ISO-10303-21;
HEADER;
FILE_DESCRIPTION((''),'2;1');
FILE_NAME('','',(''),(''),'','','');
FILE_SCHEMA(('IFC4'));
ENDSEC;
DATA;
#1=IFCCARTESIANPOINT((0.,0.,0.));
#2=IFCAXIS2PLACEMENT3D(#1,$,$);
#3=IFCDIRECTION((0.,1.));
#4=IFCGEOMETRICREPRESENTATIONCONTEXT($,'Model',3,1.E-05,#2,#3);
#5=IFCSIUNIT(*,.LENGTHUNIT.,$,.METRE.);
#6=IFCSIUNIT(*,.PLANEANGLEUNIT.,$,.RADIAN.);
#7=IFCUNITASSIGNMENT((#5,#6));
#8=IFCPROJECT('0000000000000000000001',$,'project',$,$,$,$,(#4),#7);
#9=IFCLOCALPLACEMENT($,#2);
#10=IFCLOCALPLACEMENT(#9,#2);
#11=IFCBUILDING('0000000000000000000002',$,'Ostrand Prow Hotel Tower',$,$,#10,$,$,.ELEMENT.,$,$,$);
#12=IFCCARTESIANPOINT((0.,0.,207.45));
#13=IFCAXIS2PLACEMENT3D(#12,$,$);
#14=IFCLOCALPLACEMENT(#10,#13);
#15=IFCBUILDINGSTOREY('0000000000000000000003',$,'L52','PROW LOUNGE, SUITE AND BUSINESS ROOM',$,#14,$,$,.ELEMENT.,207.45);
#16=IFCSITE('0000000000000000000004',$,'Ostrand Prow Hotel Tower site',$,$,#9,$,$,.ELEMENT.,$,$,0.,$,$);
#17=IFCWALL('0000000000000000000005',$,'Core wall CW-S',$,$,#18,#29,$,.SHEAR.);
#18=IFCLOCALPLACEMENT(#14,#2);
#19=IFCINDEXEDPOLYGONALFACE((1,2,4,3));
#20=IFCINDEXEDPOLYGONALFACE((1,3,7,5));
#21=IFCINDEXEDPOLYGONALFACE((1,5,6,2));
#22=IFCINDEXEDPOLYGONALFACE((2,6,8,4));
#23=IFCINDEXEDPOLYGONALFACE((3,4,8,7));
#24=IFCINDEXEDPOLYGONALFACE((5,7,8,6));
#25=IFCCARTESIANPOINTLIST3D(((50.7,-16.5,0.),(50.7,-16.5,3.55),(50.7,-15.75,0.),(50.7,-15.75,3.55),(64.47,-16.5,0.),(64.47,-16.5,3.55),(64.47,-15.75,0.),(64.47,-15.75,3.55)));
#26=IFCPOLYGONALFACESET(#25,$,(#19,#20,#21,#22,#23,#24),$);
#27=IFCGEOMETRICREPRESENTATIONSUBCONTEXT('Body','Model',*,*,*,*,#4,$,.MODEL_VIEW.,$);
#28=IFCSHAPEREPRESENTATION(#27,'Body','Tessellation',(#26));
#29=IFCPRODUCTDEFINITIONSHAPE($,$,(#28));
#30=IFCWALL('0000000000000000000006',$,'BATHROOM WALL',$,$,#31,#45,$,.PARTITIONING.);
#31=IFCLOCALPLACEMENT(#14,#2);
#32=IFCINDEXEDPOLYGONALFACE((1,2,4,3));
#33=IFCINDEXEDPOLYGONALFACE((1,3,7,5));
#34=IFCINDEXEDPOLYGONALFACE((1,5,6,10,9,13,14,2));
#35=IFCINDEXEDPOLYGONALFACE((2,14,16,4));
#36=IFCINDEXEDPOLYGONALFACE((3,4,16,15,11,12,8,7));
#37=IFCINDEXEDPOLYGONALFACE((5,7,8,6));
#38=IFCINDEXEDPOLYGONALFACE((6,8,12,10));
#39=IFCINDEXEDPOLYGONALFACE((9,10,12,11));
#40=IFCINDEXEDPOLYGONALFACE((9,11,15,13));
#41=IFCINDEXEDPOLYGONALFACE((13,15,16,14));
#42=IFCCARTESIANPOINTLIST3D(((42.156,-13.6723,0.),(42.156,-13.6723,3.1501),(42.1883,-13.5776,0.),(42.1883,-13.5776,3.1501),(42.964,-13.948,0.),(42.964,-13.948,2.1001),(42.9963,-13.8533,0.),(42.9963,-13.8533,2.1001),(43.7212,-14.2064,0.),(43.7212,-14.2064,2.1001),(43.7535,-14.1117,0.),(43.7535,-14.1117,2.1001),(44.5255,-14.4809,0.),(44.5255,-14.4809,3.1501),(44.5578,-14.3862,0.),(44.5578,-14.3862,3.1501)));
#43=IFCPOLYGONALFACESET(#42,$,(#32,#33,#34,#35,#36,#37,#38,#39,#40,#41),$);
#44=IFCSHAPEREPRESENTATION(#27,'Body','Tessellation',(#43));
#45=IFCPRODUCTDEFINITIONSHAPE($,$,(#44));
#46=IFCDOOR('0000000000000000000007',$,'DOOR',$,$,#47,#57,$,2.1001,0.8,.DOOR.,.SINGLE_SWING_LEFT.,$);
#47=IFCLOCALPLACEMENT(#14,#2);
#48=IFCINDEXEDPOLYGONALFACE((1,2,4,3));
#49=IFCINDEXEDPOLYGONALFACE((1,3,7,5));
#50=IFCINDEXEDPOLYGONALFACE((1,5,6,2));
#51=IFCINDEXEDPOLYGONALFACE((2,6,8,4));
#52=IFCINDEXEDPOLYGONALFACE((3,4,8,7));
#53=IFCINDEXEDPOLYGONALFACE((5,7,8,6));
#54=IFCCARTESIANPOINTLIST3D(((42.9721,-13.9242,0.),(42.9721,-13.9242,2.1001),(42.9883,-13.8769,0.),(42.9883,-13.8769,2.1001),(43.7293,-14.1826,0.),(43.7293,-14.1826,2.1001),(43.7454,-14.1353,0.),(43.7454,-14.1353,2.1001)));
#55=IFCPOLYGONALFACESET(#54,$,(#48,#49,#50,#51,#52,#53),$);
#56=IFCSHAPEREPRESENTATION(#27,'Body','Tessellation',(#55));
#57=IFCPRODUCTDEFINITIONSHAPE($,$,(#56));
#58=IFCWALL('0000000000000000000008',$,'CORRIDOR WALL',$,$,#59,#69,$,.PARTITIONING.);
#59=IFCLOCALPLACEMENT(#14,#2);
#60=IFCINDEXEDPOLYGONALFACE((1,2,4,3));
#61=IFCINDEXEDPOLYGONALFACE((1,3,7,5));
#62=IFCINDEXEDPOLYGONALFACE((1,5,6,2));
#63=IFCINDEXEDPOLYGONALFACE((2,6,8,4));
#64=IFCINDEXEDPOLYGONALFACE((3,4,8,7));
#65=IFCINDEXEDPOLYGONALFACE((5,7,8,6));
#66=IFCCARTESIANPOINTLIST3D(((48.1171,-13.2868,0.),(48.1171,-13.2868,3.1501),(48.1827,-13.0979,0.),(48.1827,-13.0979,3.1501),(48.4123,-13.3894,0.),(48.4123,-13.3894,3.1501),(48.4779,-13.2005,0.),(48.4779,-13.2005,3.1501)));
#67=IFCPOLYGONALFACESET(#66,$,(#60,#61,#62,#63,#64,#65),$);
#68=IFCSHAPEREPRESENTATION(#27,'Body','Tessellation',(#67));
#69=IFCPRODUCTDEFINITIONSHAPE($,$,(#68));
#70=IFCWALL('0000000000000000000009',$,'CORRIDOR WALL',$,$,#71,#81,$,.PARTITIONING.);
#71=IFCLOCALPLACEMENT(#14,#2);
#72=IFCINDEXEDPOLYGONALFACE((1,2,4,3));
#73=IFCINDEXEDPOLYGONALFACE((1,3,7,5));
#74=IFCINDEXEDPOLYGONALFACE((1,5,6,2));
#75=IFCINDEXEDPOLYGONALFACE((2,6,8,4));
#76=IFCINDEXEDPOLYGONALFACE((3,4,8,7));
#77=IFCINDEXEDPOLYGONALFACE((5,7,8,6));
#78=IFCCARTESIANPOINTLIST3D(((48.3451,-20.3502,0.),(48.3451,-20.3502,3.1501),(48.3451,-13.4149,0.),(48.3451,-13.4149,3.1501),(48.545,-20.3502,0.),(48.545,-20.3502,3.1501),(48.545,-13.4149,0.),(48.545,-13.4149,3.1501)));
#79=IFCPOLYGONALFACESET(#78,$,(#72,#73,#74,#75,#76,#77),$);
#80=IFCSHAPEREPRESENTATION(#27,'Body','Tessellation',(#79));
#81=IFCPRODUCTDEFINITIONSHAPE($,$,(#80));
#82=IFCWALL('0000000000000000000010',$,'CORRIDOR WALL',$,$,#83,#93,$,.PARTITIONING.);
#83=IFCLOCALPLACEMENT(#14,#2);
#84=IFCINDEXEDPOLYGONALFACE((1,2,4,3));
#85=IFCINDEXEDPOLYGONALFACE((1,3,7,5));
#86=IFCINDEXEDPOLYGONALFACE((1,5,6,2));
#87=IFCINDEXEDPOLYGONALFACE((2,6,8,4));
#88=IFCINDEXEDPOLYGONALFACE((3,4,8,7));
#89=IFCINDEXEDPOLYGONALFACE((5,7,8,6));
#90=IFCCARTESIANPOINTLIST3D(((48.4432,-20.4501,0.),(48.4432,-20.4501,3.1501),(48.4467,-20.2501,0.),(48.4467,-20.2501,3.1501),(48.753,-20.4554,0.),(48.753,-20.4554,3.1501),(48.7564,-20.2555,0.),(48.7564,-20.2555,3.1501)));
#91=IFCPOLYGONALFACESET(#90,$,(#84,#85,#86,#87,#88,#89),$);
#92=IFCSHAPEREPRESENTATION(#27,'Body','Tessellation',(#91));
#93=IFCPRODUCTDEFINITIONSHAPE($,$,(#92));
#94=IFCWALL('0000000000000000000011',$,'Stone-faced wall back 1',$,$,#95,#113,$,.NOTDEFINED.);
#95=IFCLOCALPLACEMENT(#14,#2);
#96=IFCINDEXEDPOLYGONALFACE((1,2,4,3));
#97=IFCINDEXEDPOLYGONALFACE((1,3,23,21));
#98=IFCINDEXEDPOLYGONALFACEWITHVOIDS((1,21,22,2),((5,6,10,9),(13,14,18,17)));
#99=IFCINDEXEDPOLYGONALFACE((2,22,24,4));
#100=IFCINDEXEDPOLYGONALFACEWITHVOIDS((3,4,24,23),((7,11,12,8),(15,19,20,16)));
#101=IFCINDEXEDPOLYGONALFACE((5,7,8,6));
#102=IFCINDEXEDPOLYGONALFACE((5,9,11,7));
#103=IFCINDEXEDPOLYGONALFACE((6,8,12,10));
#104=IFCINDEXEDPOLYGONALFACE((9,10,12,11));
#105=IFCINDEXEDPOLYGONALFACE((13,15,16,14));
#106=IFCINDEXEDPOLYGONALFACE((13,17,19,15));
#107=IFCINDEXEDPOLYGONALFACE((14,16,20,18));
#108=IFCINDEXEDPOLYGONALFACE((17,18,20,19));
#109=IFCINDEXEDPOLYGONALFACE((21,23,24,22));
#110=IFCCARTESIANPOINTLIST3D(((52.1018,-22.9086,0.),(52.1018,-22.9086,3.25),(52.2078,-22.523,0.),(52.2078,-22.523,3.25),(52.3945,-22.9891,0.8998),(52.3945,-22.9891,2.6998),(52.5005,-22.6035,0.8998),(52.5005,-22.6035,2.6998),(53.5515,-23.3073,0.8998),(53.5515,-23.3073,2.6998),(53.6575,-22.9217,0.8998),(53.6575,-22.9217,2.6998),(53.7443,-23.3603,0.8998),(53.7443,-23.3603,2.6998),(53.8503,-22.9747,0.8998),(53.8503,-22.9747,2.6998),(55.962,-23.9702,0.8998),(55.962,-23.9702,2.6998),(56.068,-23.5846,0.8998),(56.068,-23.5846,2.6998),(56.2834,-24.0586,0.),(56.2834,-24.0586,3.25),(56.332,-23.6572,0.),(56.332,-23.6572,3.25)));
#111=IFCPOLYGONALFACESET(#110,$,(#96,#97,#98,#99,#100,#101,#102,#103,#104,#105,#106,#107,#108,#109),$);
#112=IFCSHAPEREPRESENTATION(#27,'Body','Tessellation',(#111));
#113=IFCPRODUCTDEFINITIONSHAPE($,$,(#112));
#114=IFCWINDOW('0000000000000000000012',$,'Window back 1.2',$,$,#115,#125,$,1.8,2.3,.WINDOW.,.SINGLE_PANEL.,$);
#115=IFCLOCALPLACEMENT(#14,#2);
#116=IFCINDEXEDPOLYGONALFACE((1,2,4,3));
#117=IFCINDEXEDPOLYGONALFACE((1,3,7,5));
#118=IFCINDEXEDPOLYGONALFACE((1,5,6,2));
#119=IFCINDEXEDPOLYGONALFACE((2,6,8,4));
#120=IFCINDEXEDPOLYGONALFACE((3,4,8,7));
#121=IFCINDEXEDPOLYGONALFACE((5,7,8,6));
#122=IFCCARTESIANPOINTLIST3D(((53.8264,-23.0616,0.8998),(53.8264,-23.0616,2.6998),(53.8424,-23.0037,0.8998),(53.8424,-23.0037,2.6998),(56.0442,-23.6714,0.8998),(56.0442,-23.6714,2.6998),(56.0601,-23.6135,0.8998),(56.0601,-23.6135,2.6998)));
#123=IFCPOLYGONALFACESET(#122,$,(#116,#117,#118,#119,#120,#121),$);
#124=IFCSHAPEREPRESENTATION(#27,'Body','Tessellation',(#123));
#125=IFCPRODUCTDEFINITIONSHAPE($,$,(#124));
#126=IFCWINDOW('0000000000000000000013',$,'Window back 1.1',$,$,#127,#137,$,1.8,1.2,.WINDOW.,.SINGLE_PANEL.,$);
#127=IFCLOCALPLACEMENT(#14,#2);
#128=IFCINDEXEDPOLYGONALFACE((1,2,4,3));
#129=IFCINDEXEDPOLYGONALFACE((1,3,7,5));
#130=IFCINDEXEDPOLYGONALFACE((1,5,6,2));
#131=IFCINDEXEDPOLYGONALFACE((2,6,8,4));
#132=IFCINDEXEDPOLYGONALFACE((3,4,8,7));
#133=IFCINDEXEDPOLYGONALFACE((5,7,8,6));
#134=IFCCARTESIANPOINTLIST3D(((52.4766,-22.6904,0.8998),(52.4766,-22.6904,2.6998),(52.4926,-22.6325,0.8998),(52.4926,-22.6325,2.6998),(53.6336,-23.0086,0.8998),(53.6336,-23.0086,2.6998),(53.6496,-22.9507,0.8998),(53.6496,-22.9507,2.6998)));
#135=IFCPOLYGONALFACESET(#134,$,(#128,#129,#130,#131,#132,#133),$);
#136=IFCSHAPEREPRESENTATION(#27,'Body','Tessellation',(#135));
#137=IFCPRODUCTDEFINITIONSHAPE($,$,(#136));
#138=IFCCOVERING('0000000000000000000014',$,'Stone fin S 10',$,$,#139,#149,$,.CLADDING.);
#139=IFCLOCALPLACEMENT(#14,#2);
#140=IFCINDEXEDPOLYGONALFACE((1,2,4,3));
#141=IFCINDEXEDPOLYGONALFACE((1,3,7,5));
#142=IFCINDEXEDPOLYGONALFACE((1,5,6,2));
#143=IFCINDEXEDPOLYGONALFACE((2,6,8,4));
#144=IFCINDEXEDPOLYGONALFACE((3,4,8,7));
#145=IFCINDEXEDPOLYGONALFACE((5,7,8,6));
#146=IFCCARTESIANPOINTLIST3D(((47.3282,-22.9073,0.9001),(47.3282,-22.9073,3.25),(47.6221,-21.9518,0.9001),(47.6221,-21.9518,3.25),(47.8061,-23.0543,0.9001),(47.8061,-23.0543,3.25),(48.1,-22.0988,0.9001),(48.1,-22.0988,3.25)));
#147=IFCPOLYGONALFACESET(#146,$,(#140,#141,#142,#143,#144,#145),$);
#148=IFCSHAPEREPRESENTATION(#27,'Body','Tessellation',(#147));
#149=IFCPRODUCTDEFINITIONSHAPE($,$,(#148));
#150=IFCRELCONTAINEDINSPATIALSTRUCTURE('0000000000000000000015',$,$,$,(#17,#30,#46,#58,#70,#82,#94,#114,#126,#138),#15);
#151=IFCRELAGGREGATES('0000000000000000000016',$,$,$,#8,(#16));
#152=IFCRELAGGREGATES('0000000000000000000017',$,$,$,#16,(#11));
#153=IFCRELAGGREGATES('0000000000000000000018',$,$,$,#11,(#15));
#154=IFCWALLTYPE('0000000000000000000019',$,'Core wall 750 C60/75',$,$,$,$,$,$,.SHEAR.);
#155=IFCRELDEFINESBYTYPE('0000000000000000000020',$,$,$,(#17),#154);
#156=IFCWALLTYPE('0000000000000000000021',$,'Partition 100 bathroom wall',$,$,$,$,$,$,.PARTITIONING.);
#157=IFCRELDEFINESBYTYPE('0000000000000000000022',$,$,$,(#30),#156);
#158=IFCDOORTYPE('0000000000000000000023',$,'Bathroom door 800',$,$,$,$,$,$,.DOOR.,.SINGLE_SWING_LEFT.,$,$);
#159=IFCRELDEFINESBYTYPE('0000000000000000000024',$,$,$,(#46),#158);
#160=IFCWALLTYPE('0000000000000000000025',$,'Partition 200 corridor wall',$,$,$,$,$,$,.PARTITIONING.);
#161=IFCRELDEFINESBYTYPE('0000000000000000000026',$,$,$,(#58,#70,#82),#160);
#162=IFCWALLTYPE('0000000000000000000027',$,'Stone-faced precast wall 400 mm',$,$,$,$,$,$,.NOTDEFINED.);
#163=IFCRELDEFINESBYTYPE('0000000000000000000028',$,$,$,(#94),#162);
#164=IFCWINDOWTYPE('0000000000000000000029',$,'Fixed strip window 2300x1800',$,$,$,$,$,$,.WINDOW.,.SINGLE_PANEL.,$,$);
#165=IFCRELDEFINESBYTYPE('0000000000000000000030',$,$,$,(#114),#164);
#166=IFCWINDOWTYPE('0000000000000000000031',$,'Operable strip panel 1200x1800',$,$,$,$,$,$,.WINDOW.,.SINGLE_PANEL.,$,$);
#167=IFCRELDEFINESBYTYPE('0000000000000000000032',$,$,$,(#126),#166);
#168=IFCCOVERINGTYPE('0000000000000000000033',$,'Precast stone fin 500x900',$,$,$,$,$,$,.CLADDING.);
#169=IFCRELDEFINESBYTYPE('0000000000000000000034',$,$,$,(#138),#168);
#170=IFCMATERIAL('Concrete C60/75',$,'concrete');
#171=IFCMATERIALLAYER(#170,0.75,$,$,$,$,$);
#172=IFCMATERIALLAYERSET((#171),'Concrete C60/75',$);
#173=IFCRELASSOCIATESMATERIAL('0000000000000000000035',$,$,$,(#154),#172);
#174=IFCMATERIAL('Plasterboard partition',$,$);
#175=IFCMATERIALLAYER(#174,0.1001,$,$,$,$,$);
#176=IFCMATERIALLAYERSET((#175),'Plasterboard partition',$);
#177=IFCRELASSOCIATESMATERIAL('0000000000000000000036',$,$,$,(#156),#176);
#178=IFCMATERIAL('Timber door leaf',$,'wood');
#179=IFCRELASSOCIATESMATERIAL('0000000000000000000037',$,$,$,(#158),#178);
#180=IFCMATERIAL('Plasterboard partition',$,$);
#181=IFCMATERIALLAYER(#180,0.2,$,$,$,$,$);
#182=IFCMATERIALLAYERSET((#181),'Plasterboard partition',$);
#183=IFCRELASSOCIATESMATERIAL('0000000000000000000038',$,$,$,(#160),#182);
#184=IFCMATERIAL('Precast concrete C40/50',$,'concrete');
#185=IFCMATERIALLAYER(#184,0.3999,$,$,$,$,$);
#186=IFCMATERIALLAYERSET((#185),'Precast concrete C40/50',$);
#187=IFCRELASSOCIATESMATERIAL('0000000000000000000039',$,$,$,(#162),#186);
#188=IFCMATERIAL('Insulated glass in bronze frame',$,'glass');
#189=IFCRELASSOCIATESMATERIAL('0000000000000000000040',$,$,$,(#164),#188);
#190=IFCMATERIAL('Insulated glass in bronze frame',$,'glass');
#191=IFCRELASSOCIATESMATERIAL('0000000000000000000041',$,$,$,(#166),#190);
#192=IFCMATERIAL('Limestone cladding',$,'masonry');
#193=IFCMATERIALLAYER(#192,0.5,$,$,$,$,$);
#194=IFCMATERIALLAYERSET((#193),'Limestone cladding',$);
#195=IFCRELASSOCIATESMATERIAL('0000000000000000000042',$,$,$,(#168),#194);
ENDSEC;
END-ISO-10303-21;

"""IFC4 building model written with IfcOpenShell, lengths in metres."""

from ifc_helpers import new_model, si_unit, direction, frame, frame_2d, origin, place, context, subcontext, project, spatial, polyline, rectangle, outline, extrude, material, layer, layer_set, type_object, element, fill, save


model = new_model("IFC4")

# Units and contexts
model_context = context("Model", 3, precision=1e-05, world=origin(), true_north=direction((0.0, 1.0)))
body_context = subcontext(model_context, "Body", "Model", "MODEL_VIEW")
ifc_project = project(units=[si_unit("LENGTHUNIT", "METRE"), si_unit("PLANEANGLEUNIT", "RADIAN")], contexts=[model_context])

# Site, building, storey
site_placement = place(None, origin())
site = spatial("IfcSite", under=ifc_project, at=site_placement, Name="Ostrand Prow Hotel Tower site", CompositionType="ELEMENT", RefElevation=0.0)
building_placement = place(site_placement, origin())
building = spatial("IfcBuilding", under=site, at=building_placement, Name="Ostrand Prow Hotel Tower", CompositionType="ELEMENT")
storey_placement = place(building_placement, frame((0.0, 0.0, 207.45)))
storey = spatial("IfcBuildingStorey", under=building, at=storey_placement, Name="L52", Description="PROW LOUNGE, SUITE AND BUSINESS ROOM", CompositionType="ELEMENT", Elevation=207.45)

# Shared definitions
ifc_material_1 = material(Name="Concrete C60/75", Category="concrete")
ifc_layer_1 = layer(ifc_material_1, 0.75)
ifc_layer_set_1 = layer_set([ifc_layer_1], Name="Concrete C60/75")
wall_type_1 = type_object("IfcWallType", Name="Core wall 750 C60/75", PredefinedType="SHEAR", material=ifc_layer_set_1)

# Wall
wall_1_placement = place(storey_placement, frame((50.7, -16.125, 0.0), z_axis=(0.0, 0.0, 1.0), x_axis=(1.0, 0.0, 0.0)))
element("IfcWall", 1, at=wall_1_placement, inside=storey, type_object=wall_type_1, Name="Core wall CW-S", PredefinedType="SHEAR", context=body_context, shape_type="SweptSolid", body=[
    extrude(rectangle(XDim=13.77, YDim=0.75, at=frame_2d((6.885, 0.0))), origin(), (0.0, 0.0, 1.0), 3.55),
])

# Wall, opening, door
ifc_material_2 = material(Name="Plasterboard partition")
ifc_layer_2 = layer(ifc_material_2, 0.1001)
ifc_layer_set_2 = layer_set([ifc_layer_2], Name="Plasterboard partition")
wall_type_2 = type_object("IfcWallType", Name="Partition 100 bathroom wall", PredefinedType="PARTITIONING", material=ifc_layer_set_2)
wall_2_placement = place(storey_placement, frame((44.5417, -14.4336, 0.0), z_axis=(0.0, 0.0, 1.0), x_axis=(-0.946407, 0.322978, 0.0)))
wall_2 = element("IfcWall", 2, at=wall_2_placement, inside=storey, type_object=wall_type_2, Name="BATHROOM WALL", PredefinedType="PARTITIONING", context=body_context, shape_type="SweptSolid", body=[
    extrude(rectangle(XDim=2.5037, YDim=0.1001, at=frame_2d((1.252, 0.0))), origin(), (0.0, 0.0, 1.0), 3.1501),
])
opening_1_placement = place(wall_2_placement, frame((0.8501, 0.0, 0.0)))
opening_1 = element("IfcOpeningElement", 3, at=opening_1_placement, cuts=wall_2, PredefinedType="OPENING", context=body_context, shape_type="SweptSolid", body=[
    extrude(rectangle(XDim=0.8, YDim=2.1001, at=frame_2d((0.3999, 1.05))), frame((0.0, 0.0601, 0.0), z_axis=(0.0, -1.0, 0.0), x_axis=(1.0, 0.0, 0.0)), (0.0, 0.0, 1.0), 0.1201),
])
ifc_material_3 = material(Name="Timber door leaf", Category="wood")
door_type_1 = type_object("IfcDoorType", Name="Bathroom door 800", OperationType="SINGLE_SWING_LEFT", PredefinedType="DOOR", material=ifc_material_3)
door_1_placement = place(opening_1_placement, origin())
door_1 = element("IfcDoor", 4, at=door_1_placement, inside=storey, type_object=door_type_1, Name="DOOR", OperationType="SINGLE_SWING_LEFT", OverallHeight=2.1001, OverallWidth=0.8, PredefinedType="DOOR", context=body_context, shape_type="SweptSolid", body=[
    extrude(rectangle(XDim=0.8, YDim=2.1001, at=frame_2d((0.3999, 1.05))), frame((0.0, 0.0249, 0.0), z_axis=(0.0, -1.0, 0.0), x_axis=(1.0, 0.0, 0.0)), (0.0, 0.0, 1.0), 0.05),
])
fill(opening_1, door_1)

# Walls
ifc_material_4 = material(Name="Plasterboard partition")
ifc_layer_3 = layer(ifc_material_4, 0.2)
ifc_layer_set_3 = layer_set([ifc_layer_3], Name="Plasterboard partition")
wall_type_3 = type_object("IfcWallType", Name="Partition 200 corridor wall", PredefinedType="PARTITIONING", material=ifc_layer_set_3)
wall_3_placement = place(storey_placement, frame((48.1499, -13.1924, 0.0), z_axis=(0.0, 0.0, 1.0), x_axis=(0.944623, -0.328157, 0.0)))
element("IfcWall", 5, at=wall_3_placement, inside=storey, type_object=wall_type_3, Name="CORRIDOR WALL", PredefinedType="PARTITIONING", context=body_context, shape_type="SweptSolid", body=[
    extrude(rectangle(XDim=0.3125, YDim=0.2, at=frame_2d((0.1562, 0.0))), origin(), (0.0, 0.0, 1.0), 3.1501),
])
wall_4_placement = place(storey_placement, frame((48.4451, -13.4148, 0.0), z_axis=(0.0, 0.0, 1.0), x_axis=(0.0, -1.0, 0.0)))
element("IfcWall", 6, at=wall_4_placement, inside=storey, type_object=wall_type_3, Name="CORRIDOR WALL", PredefinedType="PARTITIONING", context=body_context, shape_type="SweptSolid", body=[
    extrude(rectangle(XDim=6.9353, YDim=0.2, at=frame_2d((3.4678, 0.0))), origin(), (0.0, 0.0, 1.0), 3.1501),
])
wall_5_placement = place(storey_placement, frame((48.4451, -20.3501, 0.0), z_axis=(0.0, 0.0, 1.0), x_axis=(0.99985, -0.017334, 0.0)))
element("IfcWall", 7, at=wall_5_placement, inside=storey, type_object=wall_type_3, Name="CORRIDOR WALL", PredefinedType="PARTITIONING", context=body_context, shape_type="SweptSolid", body=[
    extrude(rectangle(XDim=0.3098, YDim=0.2, at=frame_2d((0.1548, 0.0))), origin(), (0.0, 0.0, 1.0), 3.1501),
])

# Wall, openings, windows
ifc_material_5 = material(Name="Precast concrete C40/50", Category="concrete")
ifc_layer_4 = layer(ifc_material_5, 0.3999)
ifc_layer_set_4 = layer_set([ifc_layer_4], Name="Precast concrete C40/50")
wall_type_4 = type_object("IfcWallType", Name="Stone-faced precast wall 400 mm", PredefinedType="NOTDEFINED", material=ifc_layer_set_4)
wall_6_placement = place(storey_placement, frame((52.1548, -22.7158, 0.0), z_axis=(0.0, 0.0, 1.0), x_axis=(0.964206, -0.265155, 0.0)))
wall_6 = element("IfcWall", 8, at=wall_6_placement, inside=storey, type_object=wall_type_4, Name="Stone-faced wall back 1", PredefinedType="NOTDEFINED", context=body_context, shape_type="SweptSolid", body=[
    extrude(outline(polyline([(0.0, -0.2), (4.3369, -0.2), (4.2773, 0.2), (0.0, 0.2), (0.0, -0.2)])), origin(), (0.0, 0.0, 1.0), 3.25),
])
opening_2_placement = place(wall_6_placement, frame((0.3035, 0.0, 0.8999)))
opening_2 = element("IfcOpeningElement", 9, at=opening_2_placement, cuts=wall_6, PredefinedType="OPENING", context=body_context, shape_type="SweptSolid", body=[
    extrude(rectangle(XDim=1.2, YDim=1.8, at=frame_2d((0.6001, 0.8999))), frame((0.0, 0.21, 0.0), z_axis=(0.0, -1.0, 0.0), x_axis=(1.0, 0.0, 0.0)), (0.0, 0.0, 1.0), 0.4199),
])
opening_3_placement = place(wall_6_placement, frame((1.7036, 0.0, 0.8999)))
opening_3 = element("IfcOpeningElement", 10, at=opening_3_placement, cuts=wall_6, PredefinedType="OPENING", context=body_context, shape_type="SweptSolid", body=[
    extrude(rectangle(XDim=2.3, YDim=1.8, at=frame_2d((1.1499, 0.8999))), frame((0.0, 0.21, 0.0), z_axis=(0.0, -1.0, 0.0), x_axis=(1.0, 0.0, 0.0)), (0.0, 0.0, 1.0), 0.4199),
])
ifc_material_6 = material(Name="Insulated glass in bronze frame", Category="glass")
window_type_1 = type_object("IfcWindowType", Name="Fixed strip window 2300x1800", PartitioningType="SINGLE_PANEL", PredefinedType="WINDOW", material=ifc_material_6)
window_1_placement = place(opening_3_placement, origin())
window_1 = element("IfcWindow", 11, at=window_1_placement, inside=storey, type_object=window_type_1, Name="Window back 1.2", OverallHeight=1.8, OverallWidth=2.3, PartitioningType="SINGLE_PANEL", PredefinedType="WINDOW", context=body_context, shape_type="SweptSolid", body=[
    extrude(rectangle(XDim=2.3, YDim=1.8, at=frame_2d((1.1499, 0.8999))), frame((0.0, 0.1699, 0.0), z_axis=(0.0, -1.0, 0.0), x_axis=(1.0, 0.0, 0.0)), (0.0, 0.0, 1.0), 0.0601),
])
fill(opening_3, window_1)
ifc_material_7 = material(Name="Insulated glass in bronze frame", Category="glass")
window_type_2 = type_object("IfcWindowType", Name="Operable strip panel 1200x1800", PartitioningType="SINGLE_PANEL", PredefinedType="WINDOW", material=ifc_material_7)
window_2_placement = place(opening_2_placement, origin())
window_2 = element("IfcWindow", 12, at=window_2_placement, inside=storey, type_object=window_type_2, Name="Window back 1.1", OverallHeight=1.8, OverallWidth=1.2, PartitioningType="SINGLE_PANEL", PredefinedType="WINDOW", context=body_context, shape_type="SweptSolid", body=[
    extrude(rectangle(XDim=1.2, YDim=1.8, at=frame_2d((0.6001, 0.8999))), frame((0.0, 0.1699, 0.0), z_axis=(0.0, -1.0, 0.0), x_axis=(1.0, 0.0, 0.0)), (0.0, 0.0, 1.0), 0.0601),
])
fill(opening_2, window_2)

# Covering
ifc_material_8 = material(Name="Limestone cladding", Category="masonry")
ifc_layer_5 = layer(ifc_material_8, 0.5)
ifc_layer_set_5 = layer_set([ifc_layer_5], Name="Limestone cladding")
covering_type = type_object("IfcCoveringType", Name="Precast stone fin 500x900", PredefinedType="CLADDING", material=ifc_layer_set_5)
covering_placement = place(storey_placement, frame((47.8611, -22.0251, 0.9001), z_axis=(0.0, 0.0, 1.0), x_axis=(-0.294017, -0.9558, 0.0)))
element("IfcCovering", 13, at=covering_placement, inside=storey, type_object=covering_type, Name="Stone fin S 10", PredefinedType="CLADDING", context=body_context, shape_type="SweptSolid", body=[
    extrude(rectangle(XDim=0.9998, YDim=0.5, at=frame_2d((0.5, 0.0))), origin(), (0.0, 0.0, 1.0), 2.3499),
])

save(model, "model.ifc")
